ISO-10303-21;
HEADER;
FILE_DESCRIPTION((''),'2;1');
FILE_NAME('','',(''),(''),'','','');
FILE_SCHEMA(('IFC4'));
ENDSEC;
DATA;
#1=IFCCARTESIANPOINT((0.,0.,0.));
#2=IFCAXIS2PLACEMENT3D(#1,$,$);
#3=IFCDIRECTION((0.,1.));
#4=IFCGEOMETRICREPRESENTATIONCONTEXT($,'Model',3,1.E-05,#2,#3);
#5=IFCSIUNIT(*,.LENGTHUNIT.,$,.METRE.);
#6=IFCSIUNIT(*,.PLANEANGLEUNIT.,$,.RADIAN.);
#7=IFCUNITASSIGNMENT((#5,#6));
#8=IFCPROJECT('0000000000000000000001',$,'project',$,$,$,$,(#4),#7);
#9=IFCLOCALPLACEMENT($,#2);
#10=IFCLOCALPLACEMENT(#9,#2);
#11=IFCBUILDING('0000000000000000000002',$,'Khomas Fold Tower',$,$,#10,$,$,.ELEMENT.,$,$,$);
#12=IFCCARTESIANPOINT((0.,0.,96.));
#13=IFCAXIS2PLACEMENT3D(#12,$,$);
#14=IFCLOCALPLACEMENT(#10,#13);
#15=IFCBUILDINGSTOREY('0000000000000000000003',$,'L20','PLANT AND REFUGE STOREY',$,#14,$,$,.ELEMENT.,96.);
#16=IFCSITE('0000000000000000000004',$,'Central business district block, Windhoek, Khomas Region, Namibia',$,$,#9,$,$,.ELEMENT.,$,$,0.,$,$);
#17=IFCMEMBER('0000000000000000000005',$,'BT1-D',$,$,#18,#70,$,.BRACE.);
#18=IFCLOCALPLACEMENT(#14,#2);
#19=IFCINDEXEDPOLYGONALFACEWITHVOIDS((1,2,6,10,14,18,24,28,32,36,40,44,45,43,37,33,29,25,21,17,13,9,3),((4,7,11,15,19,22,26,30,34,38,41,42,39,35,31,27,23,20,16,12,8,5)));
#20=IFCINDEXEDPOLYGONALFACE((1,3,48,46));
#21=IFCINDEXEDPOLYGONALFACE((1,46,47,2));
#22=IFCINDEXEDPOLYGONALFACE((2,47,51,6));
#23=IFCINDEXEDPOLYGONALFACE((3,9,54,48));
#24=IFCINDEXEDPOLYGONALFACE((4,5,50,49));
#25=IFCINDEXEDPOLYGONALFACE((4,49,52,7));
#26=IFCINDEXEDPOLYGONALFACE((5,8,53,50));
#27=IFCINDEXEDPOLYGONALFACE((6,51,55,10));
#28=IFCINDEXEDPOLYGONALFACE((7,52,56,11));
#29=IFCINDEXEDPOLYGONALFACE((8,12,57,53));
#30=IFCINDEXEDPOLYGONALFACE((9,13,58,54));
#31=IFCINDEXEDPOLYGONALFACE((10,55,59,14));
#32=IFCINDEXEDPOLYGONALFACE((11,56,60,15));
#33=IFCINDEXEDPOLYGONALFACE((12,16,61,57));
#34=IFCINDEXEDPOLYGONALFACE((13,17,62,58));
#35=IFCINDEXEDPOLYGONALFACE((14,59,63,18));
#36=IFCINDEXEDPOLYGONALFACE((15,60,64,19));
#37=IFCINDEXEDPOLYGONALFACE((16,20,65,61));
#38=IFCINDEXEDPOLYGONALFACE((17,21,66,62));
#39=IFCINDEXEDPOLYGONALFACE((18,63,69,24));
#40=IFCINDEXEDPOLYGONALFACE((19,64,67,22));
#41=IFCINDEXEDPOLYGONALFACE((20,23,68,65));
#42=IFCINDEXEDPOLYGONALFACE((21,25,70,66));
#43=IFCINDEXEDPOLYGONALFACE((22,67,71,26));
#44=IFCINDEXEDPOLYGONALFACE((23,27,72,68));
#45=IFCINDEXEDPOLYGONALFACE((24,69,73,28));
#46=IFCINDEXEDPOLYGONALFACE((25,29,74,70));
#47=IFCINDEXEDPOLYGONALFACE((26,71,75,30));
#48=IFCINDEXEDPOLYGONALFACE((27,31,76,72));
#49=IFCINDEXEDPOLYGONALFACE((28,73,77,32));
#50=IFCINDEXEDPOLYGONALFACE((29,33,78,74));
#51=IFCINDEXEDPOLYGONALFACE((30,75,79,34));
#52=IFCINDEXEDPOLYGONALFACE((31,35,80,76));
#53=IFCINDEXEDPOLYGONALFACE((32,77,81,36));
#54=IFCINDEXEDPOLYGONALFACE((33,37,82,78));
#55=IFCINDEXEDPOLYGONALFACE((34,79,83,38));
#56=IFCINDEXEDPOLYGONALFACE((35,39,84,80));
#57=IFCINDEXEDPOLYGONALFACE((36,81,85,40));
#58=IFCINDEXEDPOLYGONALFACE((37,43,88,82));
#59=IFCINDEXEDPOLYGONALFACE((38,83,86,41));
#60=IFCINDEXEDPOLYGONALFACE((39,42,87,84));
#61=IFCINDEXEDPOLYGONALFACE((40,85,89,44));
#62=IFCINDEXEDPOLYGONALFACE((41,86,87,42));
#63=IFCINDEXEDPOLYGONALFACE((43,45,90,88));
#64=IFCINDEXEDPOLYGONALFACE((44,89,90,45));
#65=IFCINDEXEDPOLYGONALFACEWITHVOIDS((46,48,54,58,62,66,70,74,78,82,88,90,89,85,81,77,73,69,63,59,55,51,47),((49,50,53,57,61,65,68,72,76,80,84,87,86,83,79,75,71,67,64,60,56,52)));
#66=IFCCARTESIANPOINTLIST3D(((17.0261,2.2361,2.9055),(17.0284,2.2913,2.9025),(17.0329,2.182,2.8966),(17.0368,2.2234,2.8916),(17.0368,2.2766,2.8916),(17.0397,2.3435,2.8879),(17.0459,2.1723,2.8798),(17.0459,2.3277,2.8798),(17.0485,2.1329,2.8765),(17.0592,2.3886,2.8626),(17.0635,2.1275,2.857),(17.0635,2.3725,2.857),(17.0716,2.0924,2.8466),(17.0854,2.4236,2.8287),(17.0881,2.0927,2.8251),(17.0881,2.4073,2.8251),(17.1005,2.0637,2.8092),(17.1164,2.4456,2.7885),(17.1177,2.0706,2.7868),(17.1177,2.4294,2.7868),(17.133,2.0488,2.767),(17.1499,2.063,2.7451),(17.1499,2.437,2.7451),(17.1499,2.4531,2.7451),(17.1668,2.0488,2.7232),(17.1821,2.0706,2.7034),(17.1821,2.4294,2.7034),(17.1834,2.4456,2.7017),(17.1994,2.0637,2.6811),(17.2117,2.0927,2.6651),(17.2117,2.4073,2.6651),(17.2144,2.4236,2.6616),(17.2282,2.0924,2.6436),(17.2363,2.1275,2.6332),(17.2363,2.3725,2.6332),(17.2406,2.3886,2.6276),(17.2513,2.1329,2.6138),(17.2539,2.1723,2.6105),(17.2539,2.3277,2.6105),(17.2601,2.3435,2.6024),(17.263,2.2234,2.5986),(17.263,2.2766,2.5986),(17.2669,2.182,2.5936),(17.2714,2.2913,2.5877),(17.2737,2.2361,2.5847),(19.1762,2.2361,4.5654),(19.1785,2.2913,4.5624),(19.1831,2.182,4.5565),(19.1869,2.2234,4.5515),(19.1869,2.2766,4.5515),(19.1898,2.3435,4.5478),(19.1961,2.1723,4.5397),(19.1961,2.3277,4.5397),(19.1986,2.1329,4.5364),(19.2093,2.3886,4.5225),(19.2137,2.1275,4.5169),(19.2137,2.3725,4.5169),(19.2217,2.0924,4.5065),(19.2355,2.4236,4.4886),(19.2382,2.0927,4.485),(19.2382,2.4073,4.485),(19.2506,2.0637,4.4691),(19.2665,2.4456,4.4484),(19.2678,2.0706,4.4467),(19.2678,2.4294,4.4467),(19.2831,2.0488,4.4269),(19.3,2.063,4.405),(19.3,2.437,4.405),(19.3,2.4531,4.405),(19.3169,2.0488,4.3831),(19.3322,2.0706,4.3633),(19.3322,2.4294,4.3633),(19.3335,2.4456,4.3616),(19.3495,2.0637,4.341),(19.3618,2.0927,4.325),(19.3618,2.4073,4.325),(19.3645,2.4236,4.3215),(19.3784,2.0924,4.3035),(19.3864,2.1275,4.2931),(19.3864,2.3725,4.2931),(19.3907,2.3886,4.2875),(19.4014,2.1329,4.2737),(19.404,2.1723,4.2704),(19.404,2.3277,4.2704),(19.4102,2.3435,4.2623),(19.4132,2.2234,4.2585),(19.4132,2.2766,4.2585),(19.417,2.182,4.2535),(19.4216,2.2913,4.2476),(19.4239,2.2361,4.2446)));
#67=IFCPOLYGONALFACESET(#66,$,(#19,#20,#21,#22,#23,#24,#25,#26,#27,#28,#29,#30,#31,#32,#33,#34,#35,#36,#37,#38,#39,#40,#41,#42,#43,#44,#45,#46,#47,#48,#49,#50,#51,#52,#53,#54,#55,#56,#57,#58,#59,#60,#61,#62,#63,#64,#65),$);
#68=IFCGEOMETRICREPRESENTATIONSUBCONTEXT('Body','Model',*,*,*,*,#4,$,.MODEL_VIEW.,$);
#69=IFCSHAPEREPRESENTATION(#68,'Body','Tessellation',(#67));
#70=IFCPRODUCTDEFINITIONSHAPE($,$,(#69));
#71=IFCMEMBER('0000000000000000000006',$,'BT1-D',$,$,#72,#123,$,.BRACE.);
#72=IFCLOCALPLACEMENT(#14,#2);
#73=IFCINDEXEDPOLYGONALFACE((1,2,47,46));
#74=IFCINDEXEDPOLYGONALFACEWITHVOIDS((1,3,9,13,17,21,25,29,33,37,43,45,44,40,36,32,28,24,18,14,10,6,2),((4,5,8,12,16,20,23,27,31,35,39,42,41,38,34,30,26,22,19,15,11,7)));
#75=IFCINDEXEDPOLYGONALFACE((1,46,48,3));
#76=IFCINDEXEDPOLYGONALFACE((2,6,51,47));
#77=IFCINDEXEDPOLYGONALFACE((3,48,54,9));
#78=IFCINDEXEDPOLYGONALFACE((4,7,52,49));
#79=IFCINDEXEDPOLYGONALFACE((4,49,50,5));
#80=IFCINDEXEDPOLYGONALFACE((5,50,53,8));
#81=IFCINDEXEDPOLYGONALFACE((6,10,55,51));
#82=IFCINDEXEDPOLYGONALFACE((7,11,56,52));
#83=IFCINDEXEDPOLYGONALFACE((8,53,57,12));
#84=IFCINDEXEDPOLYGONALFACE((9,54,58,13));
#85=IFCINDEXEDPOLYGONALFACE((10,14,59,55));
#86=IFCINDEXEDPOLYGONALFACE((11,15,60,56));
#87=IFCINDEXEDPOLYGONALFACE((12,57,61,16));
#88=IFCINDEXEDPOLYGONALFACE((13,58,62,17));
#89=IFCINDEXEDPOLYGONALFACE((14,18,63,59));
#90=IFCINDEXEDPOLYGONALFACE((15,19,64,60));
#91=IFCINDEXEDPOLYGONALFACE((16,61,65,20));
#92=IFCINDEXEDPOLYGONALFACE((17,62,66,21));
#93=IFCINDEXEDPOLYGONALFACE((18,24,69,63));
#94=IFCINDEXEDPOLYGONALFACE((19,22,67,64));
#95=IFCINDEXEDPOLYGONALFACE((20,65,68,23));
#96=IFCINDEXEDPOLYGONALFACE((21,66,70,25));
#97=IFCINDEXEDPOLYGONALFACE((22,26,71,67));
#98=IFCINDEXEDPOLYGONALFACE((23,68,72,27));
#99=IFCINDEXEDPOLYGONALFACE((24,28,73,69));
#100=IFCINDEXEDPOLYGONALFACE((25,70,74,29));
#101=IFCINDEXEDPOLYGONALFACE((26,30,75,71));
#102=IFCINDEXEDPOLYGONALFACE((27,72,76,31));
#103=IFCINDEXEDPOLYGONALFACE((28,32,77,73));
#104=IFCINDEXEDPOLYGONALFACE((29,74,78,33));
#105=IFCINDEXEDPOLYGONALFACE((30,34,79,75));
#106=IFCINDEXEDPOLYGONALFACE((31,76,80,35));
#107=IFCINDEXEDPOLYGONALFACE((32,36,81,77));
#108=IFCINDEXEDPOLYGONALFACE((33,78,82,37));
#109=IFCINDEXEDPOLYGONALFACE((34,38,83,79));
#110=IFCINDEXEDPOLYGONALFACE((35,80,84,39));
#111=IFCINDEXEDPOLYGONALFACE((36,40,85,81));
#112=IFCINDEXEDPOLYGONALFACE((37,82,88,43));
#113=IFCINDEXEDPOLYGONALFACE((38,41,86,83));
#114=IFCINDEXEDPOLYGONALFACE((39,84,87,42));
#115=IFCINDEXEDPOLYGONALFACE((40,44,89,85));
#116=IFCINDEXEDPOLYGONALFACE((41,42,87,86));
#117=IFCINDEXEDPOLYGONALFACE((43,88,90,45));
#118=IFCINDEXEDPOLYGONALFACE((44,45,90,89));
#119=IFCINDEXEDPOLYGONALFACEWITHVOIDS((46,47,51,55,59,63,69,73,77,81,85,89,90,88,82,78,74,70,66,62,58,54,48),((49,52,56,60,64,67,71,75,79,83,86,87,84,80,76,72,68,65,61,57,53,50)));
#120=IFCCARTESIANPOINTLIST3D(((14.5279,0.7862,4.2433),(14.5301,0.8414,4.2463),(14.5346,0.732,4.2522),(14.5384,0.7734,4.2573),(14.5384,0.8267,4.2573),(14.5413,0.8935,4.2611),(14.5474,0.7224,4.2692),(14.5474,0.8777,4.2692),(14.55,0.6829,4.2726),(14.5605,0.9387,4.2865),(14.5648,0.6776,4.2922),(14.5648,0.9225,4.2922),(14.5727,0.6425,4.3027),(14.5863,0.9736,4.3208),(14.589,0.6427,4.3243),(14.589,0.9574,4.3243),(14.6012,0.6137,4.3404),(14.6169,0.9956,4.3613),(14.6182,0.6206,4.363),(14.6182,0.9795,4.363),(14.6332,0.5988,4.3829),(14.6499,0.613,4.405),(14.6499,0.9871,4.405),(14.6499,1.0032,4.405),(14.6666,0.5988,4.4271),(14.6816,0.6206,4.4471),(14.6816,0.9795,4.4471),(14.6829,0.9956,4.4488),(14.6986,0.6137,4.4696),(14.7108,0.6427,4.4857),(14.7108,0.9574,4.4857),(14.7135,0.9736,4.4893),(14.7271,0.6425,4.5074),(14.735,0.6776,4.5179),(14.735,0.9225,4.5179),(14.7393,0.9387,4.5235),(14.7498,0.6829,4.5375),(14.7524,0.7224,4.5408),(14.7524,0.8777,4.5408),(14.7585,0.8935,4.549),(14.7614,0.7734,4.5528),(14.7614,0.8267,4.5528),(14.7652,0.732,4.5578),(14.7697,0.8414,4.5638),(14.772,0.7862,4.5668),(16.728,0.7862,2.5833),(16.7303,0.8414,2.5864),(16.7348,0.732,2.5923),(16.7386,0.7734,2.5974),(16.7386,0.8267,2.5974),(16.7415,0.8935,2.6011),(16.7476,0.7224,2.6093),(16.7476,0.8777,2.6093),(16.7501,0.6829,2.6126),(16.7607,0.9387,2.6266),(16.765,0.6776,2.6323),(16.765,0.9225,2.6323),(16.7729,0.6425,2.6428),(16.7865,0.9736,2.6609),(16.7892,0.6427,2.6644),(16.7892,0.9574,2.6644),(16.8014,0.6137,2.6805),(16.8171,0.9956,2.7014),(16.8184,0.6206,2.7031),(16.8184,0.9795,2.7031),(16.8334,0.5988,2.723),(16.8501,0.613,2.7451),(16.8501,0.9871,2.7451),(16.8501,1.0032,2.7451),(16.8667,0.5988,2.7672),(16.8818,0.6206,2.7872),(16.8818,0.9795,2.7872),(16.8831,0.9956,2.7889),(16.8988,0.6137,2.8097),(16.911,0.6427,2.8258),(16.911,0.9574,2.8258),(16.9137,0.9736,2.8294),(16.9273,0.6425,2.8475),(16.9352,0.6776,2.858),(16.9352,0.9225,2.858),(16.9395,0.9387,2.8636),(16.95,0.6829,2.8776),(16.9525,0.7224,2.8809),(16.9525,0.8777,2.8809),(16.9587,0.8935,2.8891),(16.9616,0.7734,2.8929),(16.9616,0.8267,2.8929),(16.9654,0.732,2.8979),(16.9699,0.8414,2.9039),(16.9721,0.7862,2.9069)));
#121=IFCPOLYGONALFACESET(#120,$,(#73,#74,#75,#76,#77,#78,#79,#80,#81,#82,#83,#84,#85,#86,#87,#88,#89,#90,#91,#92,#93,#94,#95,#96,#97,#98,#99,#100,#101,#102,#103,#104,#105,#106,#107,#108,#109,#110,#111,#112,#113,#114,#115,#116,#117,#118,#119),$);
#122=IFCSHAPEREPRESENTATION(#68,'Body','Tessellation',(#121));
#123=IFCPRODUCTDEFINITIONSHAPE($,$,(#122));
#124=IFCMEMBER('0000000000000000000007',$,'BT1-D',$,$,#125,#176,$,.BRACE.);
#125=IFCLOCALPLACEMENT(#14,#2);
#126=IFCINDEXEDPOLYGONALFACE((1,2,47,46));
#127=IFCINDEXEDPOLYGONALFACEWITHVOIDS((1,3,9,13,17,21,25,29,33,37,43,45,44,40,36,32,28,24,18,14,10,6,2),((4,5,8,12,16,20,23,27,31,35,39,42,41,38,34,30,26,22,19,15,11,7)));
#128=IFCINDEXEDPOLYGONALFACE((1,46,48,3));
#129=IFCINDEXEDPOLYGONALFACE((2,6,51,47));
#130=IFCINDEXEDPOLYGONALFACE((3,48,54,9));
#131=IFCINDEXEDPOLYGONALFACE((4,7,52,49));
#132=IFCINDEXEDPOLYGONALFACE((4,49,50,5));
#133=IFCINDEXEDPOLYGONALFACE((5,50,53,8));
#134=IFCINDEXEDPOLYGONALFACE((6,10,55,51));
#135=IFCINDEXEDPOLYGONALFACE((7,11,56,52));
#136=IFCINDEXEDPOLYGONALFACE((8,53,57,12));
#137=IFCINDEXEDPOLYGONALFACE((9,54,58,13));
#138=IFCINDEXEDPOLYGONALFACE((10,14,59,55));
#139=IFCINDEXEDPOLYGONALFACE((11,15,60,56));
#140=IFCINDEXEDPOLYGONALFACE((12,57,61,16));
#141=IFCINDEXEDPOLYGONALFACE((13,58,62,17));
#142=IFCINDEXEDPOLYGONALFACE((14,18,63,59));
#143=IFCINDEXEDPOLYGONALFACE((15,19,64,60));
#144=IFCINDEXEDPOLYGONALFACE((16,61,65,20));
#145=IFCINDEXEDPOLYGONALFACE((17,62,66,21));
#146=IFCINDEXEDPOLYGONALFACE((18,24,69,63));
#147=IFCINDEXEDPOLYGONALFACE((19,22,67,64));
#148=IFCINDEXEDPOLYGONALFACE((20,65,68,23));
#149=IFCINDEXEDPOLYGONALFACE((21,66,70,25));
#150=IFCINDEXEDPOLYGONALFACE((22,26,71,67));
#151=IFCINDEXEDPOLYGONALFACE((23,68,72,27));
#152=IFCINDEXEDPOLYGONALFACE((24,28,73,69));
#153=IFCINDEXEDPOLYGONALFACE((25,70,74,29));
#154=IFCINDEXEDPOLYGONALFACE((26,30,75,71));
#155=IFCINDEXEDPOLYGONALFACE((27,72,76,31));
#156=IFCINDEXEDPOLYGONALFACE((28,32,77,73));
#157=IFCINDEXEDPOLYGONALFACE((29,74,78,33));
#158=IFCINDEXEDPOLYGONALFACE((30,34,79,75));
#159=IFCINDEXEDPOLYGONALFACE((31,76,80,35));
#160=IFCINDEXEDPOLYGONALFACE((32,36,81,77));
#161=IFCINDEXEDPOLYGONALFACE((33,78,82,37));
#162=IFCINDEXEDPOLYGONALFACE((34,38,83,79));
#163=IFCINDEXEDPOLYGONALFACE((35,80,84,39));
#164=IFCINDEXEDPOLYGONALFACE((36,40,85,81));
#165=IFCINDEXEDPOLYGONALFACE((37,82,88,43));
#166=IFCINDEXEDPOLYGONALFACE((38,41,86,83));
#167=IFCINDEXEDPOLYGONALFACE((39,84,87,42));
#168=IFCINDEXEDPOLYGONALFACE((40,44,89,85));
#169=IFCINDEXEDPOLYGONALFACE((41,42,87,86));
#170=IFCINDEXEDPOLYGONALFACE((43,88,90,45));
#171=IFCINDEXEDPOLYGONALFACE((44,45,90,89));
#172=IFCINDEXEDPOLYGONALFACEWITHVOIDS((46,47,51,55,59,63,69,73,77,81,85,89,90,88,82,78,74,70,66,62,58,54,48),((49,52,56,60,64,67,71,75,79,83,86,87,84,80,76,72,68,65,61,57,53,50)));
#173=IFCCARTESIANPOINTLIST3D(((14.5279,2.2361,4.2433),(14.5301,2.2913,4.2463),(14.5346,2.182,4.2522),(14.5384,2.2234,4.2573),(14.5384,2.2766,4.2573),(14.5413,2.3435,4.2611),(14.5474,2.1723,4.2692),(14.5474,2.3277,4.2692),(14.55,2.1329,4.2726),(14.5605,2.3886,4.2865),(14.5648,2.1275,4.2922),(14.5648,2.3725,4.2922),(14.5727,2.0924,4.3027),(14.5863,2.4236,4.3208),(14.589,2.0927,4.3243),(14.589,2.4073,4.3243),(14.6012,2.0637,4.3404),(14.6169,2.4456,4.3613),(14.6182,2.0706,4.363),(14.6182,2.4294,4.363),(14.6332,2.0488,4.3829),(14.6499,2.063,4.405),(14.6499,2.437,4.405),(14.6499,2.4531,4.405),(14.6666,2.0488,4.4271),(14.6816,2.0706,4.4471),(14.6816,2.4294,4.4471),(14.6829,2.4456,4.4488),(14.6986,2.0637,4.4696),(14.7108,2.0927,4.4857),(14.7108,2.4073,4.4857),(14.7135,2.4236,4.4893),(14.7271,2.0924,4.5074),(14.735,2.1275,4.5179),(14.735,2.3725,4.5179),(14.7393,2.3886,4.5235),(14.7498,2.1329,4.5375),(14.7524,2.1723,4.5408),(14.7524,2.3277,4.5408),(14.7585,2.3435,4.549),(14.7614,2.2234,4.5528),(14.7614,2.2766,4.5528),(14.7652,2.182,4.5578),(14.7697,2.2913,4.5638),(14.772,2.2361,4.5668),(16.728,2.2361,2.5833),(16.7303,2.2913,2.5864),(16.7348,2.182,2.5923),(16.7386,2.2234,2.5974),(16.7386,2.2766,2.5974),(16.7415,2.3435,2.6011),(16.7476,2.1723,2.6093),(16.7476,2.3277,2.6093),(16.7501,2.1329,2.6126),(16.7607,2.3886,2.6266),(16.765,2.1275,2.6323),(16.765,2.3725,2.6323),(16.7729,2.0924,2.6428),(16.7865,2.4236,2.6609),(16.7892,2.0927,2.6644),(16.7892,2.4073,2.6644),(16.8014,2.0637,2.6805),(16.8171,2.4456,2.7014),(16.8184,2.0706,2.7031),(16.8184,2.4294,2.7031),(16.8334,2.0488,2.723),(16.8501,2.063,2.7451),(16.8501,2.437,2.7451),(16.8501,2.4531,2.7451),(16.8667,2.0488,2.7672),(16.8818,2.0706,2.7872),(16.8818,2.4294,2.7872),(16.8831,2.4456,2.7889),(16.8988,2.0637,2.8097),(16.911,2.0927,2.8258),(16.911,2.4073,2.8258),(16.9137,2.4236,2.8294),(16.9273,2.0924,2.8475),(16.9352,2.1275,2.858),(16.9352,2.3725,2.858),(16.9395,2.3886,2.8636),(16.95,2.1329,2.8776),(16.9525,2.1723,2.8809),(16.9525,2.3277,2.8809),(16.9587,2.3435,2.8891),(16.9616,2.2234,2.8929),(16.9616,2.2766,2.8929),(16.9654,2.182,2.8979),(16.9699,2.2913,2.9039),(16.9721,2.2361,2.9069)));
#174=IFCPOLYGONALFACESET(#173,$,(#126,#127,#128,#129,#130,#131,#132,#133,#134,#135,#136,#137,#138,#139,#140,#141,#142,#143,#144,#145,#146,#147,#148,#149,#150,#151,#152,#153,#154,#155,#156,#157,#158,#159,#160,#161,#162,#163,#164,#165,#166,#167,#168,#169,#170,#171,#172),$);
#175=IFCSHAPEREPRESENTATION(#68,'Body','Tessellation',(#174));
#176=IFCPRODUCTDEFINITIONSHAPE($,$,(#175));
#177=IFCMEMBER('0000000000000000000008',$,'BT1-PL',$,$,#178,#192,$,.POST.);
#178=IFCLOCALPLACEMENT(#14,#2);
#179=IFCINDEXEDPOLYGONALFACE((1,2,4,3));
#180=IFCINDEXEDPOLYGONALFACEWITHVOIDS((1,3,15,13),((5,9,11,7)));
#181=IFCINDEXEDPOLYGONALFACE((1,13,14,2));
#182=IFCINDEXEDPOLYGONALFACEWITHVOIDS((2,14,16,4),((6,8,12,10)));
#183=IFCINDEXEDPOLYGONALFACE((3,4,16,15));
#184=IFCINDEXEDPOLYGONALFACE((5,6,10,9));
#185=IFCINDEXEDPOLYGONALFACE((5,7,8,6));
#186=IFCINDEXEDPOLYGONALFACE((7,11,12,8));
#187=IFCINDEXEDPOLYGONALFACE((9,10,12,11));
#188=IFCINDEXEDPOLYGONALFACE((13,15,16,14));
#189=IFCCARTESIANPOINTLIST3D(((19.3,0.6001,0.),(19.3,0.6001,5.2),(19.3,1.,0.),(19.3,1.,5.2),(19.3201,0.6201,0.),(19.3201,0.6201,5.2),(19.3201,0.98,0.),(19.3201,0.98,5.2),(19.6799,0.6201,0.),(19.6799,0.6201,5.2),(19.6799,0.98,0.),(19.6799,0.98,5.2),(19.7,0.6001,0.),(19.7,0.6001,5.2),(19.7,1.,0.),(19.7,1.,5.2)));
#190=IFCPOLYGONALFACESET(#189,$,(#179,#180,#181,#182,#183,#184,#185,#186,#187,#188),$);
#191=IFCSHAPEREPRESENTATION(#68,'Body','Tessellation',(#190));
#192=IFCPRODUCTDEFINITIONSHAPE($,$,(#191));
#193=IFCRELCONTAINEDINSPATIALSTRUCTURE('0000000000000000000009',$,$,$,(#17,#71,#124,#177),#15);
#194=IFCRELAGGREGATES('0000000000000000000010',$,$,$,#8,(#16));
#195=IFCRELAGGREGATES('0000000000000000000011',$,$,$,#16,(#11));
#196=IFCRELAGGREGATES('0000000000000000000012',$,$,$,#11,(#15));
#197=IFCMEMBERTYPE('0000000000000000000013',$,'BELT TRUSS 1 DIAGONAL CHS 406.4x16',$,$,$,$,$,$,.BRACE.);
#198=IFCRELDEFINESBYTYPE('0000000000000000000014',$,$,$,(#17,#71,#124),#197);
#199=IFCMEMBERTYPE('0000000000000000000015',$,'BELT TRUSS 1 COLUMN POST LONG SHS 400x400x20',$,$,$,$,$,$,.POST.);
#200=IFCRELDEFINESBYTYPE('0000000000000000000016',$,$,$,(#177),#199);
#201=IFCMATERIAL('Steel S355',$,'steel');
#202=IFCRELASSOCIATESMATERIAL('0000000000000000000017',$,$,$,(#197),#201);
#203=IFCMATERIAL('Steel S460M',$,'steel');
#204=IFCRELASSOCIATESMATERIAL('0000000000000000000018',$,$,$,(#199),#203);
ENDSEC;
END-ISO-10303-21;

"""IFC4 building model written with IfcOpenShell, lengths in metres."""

from ifc_helpers import new_model, si_unit, direction, frame, origin, origin_2d, place, context, subcontext, project, spatial, hollow_rectangle, hollow_circle, extrude, source, transform, mapped, material, material_profile, profile_set, type_object, element, save


model = new_model("IFC4")

# Units and contexts
model_context = context("Model", 3, precision=1e-05, world=origin(), true_north=direction((0.0, 1.0)))
body_context = subcontext(model_context, "Body", "Model", "MODEL_VIEW")
ifc_project = project(units=[si_unit("LENGTHUNIT", "METRE"), si_unit("PLANEANGLEUNIT", "RADIAN")], contexts=[model_context])

# Site, building, storey
site_placement = place(None, origin())
site = spatial("IfcSite", under=ifc_project, at=site_placement, Name="Central business district block, Windhoek, Khomas Region, Namibia", CompositionType="ELEMENT", RefElevation=0.0)
building_placement = place(site_placement, origin())
building = spatial("IfcBuilding", under=site, at=building_placement, Name="Khomas Fold Tower", CompositionType="ELEMENT")
storey_placement = place(building_placement, frame((0.0, 0.0, 96.0)))
storey = spatial("IfcBuildingStorey", under=building, at=storey_placement, Name="L20", Description="PLANT AND REFUGE STOREY", CompositionType="ELEMENT", Elevation=96.0)

# Members
ifc_material_1 = material(Name="Steel S355", Category="steel")
ifc_material_profile_1 = material_profile(ifc_material_1, hollow_circle(Radius=0.2031, WallThickness=0.0161, at=origin_2d()), Name="CHS 406.4x16")
ifc_profile_set_1 = profile_set([ifc_material_profile_1], Name="Steel S355")
member_type_1 = type_object("IfcMemberType", Name="BELT TRUSS 1 DIAGONAL CHS 406.4x16", PredefinedType="BRACE", material=ifc_profile_set_1)
shared_shape_1 = source(origin(), body_context, "Body", "SweptSolid", [
    extrude(hollow_circle(Radius=0.2031, WallThickness=0.0161, at=origin_2d()), origin(), (0.0, 0.0, 1.0), 2.7163),
])
for number, where, z_axis, x_axis, name in (
    (1, (17.1499, 2.25, 2.7451), (0.791564, 0.0, 0.611087), (0.0, 1.0, 0.0), "BT1-D"),
):
    element("IfcMember", number, at=place(storey_placement, frame(where, z_axis=z_axis, x_axis=x_axis)), inside=storey, type_object=member_type_1, Name=name, PredefinedType="BRACE", context=body_context, shape_type="MappedRepresentation", body=[
        mapped(shared_shape_1, transform((0.0, 0.0, 0.0))),
    ])
shared_shape_2 = source(origin(), body_context, "Body", "SweptSolid", [
    extrude(hollow_circle(Radius=0.2031, WallThickness=0.0161, at=origin_2d()), origin(), (0.0, 0.0, 1.0), 2.7561),
])
for number, where, z_axis, x_axis, name in (
    (2, (14.6499, 0.8, 4.405), (0.798296, 0.0, -0.602265), (0.0, 1.0, 0.0), "BT1-D"),
    (3, (14.6499, 2.25, 4.405), (0.798296, 0.0, -0.602265), (0.0, 1.0, 0.0), "BT1-D"),
):
    element("IfcMember", number, at=place(storey_placement, frame(where, z_axis=z_axis, x_axis=x_axis)), inside=storey, type_object=member_type_1, Name=name, PredefinedType="BRACE", context=body_context, shape_type="MappedRepresentation", body=[
        mapped(shared_shape_2, transform((0.0, 0.0, 0.0))),
    ])
ifc_material_2 = material(Name="Steel S460M", Category="steel")
ifc_material_profile_2 = material_profile(ifc_material_2, hollow_rectangle(XDim=0.3999, YDim=0.3999, WallThickness=0.02, at=origin_2d()), Name="SHS 400x400x20")
ifc_profile_set_2 = profile_set([ifc_material_profile_2], Name="Steel S460M")
member_type_2 = type_object("IfcMemberType", Name="BELT TRUSS 1 COLUMN POST LONG SHS 400x400x20", PredefinedType="POST", material=ifc_profile_set_2)
shared_shape_3 = source(origin(), body_context, "Body", "SweptSolid", [
    extrude(hollow_rectangle(XDim=0.3999, YDim=0.3999, WallThickness=0.02, at=origin_2d()), origin(), (0.0, 0.0, 1.0), 5.2),
])
member_1_placement = place(storey_placement, frame((19.5, 0.8, 0.0), z_axis=(0.0, 0.0, 1.0), x_axis=(1.0, 0.0, 0.0)))
element("IfcMember", 4, at=member_1_placement, inside=storey, type_object=member_type_2, Name="BT1-PL", PredefinedType="POST", context=body_context, shape_type="MappedRepresentation", body=[
    mapped(shared_shape_3, transform((0.0, 0.0, 0.0))),
])

save(model, "model.ifc")
